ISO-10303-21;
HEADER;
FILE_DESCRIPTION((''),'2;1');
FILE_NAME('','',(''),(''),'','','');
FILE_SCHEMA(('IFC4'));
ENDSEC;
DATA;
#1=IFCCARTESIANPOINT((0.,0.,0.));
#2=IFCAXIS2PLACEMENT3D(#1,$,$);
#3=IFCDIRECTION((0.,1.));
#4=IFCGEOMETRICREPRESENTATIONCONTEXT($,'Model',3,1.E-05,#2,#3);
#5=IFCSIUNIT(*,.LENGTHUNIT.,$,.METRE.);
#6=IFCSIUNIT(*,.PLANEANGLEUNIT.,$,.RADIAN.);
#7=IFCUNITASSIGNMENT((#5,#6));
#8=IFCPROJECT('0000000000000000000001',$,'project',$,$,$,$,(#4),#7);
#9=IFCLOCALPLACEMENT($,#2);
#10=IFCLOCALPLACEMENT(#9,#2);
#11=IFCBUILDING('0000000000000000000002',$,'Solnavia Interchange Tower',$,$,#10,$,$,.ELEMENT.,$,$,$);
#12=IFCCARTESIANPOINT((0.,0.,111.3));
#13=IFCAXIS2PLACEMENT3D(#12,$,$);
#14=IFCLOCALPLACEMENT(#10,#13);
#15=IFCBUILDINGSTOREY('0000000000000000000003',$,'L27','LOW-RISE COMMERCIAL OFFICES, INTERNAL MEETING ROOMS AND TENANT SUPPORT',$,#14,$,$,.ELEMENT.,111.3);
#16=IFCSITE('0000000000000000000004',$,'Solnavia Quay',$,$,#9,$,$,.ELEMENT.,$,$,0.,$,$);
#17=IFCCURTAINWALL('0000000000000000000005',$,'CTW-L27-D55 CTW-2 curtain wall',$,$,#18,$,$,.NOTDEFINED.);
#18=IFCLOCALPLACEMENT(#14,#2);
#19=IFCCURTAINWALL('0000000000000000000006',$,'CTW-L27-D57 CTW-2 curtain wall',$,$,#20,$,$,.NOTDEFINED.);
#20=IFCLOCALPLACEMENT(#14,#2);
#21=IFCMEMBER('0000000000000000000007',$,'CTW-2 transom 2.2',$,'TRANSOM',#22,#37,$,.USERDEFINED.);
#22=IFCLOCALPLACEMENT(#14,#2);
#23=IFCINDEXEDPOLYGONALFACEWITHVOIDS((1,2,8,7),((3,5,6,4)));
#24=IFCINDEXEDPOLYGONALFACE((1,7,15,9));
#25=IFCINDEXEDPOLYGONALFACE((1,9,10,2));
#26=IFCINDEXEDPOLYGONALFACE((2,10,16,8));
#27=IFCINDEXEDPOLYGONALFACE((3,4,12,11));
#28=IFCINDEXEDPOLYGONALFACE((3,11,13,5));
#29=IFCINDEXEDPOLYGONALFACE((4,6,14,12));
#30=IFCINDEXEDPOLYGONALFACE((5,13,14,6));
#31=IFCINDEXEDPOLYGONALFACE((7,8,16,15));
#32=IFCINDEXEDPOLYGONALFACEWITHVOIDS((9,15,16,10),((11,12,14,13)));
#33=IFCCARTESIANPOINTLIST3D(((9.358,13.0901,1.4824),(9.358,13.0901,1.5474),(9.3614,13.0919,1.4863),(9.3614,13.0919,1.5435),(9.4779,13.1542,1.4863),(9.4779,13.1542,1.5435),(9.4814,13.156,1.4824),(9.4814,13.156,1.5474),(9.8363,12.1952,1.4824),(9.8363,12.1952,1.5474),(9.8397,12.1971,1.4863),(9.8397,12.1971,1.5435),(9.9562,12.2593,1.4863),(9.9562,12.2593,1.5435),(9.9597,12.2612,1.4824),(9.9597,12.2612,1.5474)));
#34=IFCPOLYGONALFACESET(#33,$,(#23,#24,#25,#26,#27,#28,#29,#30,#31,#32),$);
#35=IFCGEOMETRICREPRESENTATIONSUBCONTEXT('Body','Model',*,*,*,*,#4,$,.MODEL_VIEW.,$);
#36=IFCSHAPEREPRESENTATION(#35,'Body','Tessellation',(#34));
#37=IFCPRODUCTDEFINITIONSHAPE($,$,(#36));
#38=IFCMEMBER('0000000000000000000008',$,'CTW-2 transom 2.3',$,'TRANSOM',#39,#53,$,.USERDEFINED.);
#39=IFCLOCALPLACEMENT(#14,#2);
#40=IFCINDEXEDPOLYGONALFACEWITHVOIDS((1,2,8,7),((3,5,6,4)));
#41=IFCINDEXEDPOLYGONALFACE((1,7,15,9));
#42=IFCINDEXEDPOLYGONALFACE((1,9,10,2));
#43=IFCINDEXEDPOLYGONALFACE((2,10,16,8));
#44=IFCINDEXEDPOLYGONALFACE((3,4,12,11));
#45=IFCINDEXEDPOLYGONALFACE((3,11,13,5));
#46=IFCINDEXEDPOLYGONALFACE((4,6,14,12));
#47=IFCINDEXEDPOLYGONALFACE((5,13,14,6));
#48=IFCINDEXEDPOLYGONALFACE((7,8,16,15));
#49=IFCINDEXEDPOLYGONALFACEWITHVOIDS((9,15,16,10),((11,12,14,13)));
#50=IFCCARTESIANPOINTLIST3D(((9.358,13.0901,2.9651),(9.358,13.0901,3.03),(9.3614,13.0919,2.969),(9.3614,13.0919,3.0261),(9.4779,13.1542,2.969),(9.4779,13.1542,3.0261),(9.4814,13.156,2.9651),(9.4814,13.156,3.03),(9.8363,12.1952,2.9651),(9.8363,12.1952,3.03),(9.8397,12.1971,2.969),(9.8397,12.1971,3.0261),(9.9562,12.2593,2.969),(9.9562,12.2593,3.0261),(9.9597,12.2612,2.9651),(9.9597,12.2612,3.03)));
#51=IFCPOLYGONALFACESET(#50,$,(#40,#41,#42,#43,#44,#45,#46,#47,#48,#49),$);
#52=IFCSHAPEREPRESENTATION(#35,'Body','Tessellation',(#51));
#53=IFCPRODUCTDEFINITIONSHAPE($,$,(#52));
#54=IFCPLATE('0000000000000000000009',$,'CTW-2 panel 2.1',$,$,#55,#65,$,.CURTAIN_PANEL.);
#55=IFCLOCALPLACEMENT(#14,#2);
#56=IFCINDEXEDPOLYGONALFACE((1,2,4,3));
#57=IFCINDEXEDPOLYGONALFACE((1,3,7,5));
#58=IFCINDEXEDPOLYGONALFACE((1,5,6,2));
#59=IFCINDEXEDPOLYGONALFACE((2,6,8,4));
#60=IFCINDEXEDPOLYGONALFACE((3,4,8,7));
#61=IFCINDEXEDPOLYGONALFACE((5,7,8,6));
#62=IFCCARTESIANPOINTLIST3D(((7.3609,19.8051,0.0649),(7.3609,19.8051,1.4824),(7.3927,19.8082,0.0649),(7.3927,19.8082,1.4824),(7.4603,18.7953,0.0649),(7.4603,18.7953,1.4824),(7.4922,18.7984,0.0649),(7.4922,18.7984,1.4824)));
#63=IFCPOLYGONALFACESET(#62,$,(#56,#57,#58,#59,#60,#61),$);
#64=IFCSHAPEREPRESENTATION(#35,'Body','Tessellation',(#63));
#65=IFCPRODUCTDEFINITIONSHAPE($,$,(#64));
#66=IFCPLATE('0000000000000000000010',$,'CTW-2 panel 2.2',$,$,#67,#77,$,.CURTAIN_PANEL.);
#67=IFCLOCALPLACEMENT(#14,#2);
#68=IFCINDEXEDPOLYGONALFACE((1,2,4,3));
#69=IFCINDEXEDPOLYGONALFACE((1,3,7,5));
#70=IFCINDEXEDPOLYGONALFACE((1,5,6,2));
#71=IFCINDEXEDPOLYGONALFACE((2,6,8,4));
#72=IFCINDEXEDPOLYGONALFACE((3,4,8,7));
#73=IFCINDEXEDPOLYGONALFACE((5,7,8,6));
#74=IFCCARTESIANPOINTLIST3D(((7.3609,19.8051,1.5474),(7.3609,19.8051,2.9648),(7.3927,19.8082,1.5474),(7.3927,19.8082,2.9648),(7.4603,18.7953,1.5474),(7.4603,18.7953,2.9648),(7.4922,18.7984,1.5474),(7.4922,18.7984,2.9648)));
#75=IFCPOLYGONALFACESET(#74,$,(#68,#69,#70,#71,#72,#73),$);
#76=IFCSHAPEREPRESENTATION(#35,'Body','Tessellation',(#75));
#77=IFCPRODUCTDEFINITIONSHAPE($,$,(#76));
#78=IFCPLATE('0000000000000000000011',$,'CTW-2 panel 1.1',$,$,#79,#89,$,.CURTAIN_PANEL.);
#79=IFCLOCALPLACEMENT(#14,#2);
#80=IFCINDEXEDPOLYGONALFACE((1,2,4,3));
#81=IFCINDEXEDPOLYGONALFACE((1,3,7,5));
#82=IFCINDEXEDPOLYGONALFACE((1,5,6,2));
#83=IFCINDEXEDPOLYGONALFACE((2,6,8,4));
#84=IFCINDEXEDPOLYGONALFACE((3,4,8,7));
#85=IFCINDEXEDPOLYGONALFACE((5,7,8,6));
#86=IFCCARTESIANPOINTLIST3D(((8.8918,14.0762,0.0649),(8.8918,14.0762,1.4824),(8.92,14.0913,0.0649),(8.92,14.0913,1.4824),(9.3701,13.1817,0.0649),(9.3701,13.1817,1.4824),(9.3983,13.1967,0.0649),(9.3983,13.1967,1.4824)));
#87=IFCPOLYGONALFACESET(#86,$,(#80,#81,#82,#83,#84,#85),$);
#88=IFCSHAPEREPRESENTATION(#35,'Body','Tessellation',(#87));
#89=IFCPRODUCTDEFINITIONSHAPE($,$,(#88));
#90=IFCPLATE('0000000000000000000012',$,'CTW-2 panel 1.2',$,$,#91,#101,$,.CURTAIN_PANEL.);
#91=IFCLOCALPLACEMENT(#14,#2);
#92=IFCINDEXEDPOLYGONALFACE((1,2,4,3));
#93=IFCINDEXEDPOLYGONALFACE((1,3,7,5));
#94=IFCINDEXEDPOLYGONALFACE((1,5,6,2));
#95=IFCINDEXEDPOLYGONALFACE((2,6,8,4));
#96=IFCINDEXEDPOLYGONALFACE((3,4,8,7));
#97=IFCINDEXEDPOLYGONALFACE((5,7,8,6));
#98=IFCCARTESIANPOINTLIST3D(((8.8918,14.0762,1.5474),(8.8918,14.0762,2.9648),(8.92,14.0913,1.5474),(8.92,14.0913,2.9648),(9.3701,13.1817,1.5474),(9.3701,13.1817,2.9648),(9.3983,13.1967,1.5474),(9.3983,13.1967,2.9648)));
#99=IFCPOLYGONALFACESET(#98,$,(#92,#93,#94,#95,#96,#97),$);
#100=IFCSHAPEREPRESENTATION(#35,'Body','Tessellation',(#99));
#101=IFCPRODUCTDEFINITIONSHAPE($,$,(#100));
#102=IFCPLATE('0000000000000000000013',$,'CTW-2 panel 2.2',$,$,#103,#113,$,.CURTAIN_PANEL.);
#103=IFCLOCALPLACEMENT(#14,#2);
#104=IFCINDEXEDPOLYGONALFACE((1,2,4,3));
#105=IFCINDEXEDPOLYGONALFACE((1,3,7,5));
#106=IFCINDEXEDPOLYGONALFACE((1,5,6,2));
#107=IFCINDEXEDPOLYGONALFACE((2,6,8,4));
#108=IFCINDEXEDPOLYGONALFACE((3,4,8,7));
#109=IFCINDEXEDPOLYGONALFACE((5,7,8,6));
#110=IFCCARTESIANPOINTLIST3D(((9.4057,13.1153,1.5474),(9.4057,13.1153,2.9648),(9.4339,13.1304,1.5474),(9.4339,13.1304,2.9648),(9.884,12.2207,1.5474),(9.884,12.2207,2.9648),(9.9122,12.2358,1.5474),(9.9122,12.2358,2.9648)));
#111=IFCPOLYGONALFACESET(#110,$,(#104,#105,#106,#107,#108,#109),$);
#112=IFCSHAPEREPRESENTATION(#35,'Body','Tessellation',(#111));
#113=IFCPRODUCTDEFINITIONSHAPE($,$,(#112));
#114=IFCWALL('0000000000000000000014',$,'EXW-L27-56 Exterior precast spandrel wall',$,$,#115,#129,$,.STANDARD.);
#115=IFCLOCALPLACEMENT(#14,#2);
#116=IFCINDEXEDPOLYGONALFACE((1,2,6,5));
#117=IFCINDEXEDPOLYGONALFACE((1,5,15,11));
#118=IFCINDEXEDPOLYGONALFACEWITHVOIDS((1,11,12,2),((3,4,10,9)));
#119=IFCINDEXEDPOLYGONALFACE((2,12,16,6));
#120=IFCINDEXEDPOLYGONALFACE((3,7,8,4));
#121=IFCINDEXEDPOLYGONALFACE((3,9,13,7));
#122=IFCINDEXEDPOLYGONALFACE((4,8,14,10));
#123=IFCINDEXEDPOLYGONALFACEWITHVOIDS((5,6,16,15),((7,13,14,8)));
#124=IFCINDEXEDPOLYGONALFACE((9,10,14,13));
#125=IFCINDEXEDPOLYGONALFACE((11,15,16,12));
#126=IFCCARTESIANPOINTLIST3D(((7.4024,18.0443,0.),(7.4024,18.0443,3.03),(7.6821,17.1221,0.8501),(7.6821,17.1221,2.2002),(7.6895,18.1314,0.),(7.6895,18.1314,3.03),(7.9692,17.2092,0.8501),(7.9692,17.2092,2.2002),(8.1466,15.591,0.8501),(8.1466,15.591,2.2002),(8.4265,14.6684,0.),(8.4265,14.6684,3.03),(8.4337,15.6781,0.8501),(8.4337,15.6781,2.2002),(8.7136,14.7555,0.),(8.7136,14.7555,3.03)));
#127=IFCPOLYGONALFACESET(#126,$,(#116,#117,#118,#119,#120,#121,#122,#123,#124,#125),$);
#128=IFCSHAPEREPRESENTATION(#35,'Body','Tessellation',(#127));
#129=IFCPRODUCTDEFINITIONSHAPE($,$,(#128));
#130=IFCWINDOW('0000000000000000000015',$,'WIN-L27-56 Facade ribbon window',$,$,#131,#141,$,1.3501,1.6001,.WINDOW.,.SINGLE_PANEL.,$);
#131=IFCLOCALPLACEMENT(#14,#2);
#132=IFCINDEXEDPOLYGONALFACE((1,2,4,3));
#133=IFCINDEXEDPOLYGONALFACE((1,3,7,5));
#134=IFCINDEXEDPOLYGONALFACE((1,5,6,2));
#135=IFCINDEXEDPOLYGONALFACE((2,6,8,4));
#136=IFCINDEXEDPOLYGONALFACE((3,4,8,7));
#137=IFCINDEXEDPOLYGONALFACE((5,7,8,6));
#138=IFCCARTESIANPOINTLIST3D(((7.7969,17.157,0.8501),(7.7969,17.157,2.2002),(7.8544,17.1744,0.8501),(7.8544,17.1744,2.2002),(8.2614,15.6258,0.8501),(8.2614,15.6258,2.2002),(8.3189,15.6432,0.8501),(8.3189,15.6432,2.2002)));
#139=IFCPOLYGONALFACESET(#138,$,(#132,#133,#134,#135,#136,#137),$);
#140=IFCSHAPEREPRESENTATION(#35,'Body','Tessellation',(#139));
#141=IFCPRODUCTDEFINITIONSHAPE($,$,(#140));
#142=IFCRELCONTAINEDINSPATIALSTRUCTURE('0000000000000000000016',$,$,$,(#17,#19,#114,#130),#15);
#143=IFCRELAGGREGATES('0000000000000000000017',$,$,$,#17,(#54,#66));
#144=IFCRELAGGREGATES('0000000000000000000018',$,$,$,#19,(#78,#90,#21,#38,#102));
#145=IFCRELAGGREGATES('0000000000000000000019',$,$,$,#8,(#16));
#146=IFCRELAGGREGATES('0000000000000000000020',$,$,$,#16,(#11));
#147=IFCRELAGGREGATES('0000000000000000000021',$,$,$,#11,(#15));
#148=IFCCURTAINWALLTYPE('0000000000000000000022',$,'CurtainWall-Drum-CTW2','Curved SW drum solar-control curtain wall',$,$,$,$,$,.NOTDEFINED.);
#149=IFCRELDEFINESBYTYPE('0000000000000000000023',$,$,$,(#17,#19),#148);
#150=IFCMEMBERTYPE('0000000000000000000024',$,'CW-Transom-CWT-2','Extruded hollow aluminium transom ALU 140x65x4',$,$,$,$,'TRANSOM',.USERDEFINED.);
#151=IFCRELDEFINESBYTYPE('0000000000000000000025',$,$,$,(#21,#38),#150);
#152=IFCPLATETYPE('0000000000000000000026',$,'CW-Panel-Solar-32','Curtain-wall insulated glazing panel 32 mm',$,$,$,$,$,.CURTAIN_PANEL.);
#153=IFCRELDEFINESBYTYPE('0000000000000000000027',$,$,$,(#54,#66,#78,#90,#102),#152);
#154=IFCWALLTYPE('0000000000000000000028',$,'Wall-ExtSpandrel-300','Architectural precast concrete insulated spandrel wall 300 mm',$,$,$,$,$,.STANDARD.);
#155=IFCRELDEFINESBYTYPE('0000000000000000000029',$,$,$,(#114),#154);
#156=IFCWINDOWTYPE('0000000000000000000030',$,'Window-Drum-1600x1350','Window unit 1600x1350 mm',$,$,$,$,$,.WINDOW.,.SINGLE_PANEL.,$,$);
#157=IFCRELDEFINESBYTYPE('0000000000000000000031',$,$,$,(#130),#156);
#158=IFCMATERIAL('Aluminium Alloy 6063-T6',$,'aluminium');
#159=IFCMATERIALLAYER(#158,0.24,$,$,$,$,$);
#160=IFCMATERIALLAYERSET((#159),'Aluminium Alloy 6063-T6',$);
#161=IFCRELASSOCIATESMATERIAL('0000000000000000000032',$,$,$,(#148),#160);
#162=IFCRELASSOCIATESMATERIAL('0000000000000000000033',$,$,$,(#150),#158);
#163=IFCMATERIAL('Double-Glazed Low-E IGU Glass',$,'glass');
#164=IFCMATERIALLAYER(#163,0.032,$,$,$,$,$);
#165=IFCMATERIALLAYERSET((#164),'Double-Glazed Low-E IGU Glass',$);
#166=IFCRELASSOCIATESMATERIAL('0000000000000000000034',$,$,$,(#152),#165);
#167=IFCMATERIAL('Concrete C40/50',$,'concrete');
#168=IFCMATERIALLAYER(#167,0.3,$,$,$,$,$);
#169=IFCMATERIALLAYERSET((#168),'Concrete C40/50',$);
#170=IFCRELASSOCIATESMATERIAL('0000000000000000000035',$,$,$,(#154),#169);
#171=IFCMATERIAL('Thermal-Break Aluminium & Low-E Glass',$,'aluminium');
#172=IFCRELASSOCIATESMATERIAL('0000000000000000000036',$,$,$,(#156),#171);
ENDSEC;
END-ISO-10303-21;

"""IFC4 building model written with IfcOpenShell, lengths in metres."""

from ifc_helpers import new_model, si_unit, direction, frame, frame_2d, origin, origin_2d, place, context, subcontext, project, spatial, rectangle, hollow_rectangle, extrude, material, layer, layer_set, material_profile, profile_set, type_object, element, fill, aggregate, save


model = new_model("IFC4")

# Units and contexts
model_context = context("Model", 3, precision=1e-05, world=origin(), true_north=direction((0.0, 1.0)))
body_context = subcontext(model_context, "Body", "Model", "MODEL_VIEW")
ifc_project = project(units=[si_unit("LENGTHUNIT", "METRE"), si_unit("PLANEANGLEUNIT", "RADIAN")], contexts=[model_context])

# Site, building, storey
site_placement = place(None, origin())
site = spatial("IfcSite", under=ifc_project, at=site_placement, Name="Solnavia Quay", CompositionType="ELEMENT", RefElevation=0.0)
building_placement = place(site_placement, origin())
building = spatial("IfcBuilding", under=site, at=building_placement, Name="Solnavia Interchange Tower", CompositionType="ELEMENT")
storey_placement = place(building_placement, frame((0.0, 0.0, 111.3)))
storey = spatial("IfcBuildingStorey", under=building, at=storey_placement, Name="L27", Description="LOW-RISE COMMERCIAL OFFICES, INTERNAL MEETING ROOMS AND TENANT SUPPORT", CompositionType="ELEMENT", Elevation=111.3)

# Curtain wall
ifc_material_1 = material(Name="Aluminium Alloy 6063-T6", Category="aluminium")
ifc_layer_1 = layer(ifc_material_1, 0.24)
ifc_layer_set_1 = layer_set([ifc_layer_1], Name="Aluminium Alloy 6063-T6")
curtain_wall_type = type_object("IfcCurtainWallType", Name="CurtainWall-Drum-CTW2", Description="Curved SW drum solar-control curtain wall", PredefinedType="NOTDEFINED", material=ifc_layer_set_1)
curtain_wall_1_placement = place(storey_placement, origin())
curtain_wall_1 = element("IfcCurtainWall", 1, at=curtain_wall_1_placement, inside=storey, type_object=curtain_wall_type, Name="CTW-L27-D55 CTW-2 curtain wall", PredefinedType="NOTDEFINED")

# Curtain wall
curtain_wall_2_placement = place(storey_placement, origin())
curtain_wall_2 = element("IfcCurtainWall", 2, at=curtain_wall_2_placement, inside=storey, type_object=curtain_wall_type, Name="CTW-L27-D57 CTW-2 curtain wall", PredefinedType="NOTDEFINED")

# Members
ifc_material_profile_1 = material_profile(ifc_material_1, hollow_rectangle(XDim=0.0649, YDim=0.1399, WallThickness=0.0039, at=origin_2d()), Name="ALU 140x65x4")
ifc_profile_set_1 = profile_set([ifc_material_profile_1], Name="Aluminium Alloy 6063-T6")
member_type_1 = type_object("IfcMemberType", Name="CW-Transom-CWT-2", Description="Extruded hollow aluminium transom ALU 140x65x4", ElementType="TRANSOM", PredefinedType="USERDEFINED", material=ifc_profile_set_1)
member_1_placement = place(storey_placement, frame((9.4197, 13.123, 1.5149), z_axis=(0.4714, -0.88192, 0.0), x_axis=(0.0, 0.0, 1.0)))
member_1 = element("IfcMember", 3, at=member_1_placement, type_object=member_type_1, Name="CTW-2 transom 2.2", ObjectType="TRANSOM", PredefinedType="USERDEFINED", context=body_context, shape_type="SweptSolid", body=[
    extrude(hollow_rectangle(XDim=0.0649, YDim=0.1399, WallThickness=0.0039, at=origin_2d()), origin(), (0.0, 0.0, 1.0), 1.0146),
])
member_2_placement = place(storey_placement, frame((9.4197, 13.123, 2.9976), z_axis=(0.4714, -0.88192, 0.0), x_axis=(0.0, 0.0, 1.0)))
member_2 = element("IfcMember", 4, at=member_2_placement, type_object=member_type_1, Name="CTW-2 transom 2.3", ObjectType="TRANSOM", PredefinedType="USERDEFINED", context=body_context, shape_type="SweptSolid", body=[
    extrude(hollow_rectangle(XDim=0.0649, YDim=0.1399, WallThickness=0.0039, at=origin_2d()), origin(), (0.0, 0.0, 1.0), 1.0146),
])

# Plates
ifc_material_2 = material(Name="Double-Glazed Low-E IGU Glass", Category="glass")
ifc_layer_2 = layer(ifc_material_2, 0.032)
ifc_layer_set_2 = layer_set([ifc_layer_2], Name="Double-Glazed Low-E IGU Glass")
plate_type = type_object("IfcPlateType", Name="CW-Panel-Solar-32", Description="Curtain-wall insulated glazing panel 32 mm", PredefinedType="CURTAIN_PANEL", material=ifc_layer_set_2)
plate_1_placement = place(storey_placement, frame((7.4265, 19.3018, 0.0649), z_axis=(0.0, 0.0, 1.0), x_axis=(0.098045, -0.995182, 0.0)))
plate_1 = element("IfcPlate", 5, at=plate_1_placement, type_object=plate_type, Name="CTW-2 panel 2.1", PredefinedType="CURTAIN_PANEL", context=body_context, shape_type="SweptSolid", body=[
    extrude(rectangle(XDim=1.0146, YDim=0.032, at=origin_2d()), origin(), (0.0, 0.0, 1.0), 1.4175),
])
plate_2_placement = place(storey_placement, frame((7.4265, 19.3018, 1.5474), z_axis=(0.0, 0.0, 1.0), x_axis=(0.098045, -0.995182, 0.0)))
plate_2 = element("IfcPlate", 6, at=plate_2_placement, type_object=plate_type, Name="CTW-2 panel 2.2", PredefinedType="CURTAIN_PANEL", context=body_context, shape_type="SweptSolid", body=[
    extrude(rectangle(XDim=1.0146, YDim=0.032, at=origin_2d()), origin(), (0.0, 0.0, 1.0), 1.4175),
])
aggregate(curtain_wall_1, [plate_1, plate_2])
plate_3_placement = place(storey_placement, frame((9.145, 13.6365, 0.0649), z_axis=(0.0, 0.0, 1.0), x_axis=(0.471537, -0.881846, 0.0)))
plate_3 = element("IfcPlate", 7, at=plate_3_placement, type_object=plate_type, Name="CTW-2 panel 1.1", PredefinedType="CURTAIN_PANEL", context=body_context, shape_type="SweptSolid", body=[
    extrude(rectangle(XDim=1.0144, YDim=0.032, at=origin_2d()), origin(), (0.0, 0.0, 1.0), 1.4175),
])
plate_4_placement = place(storey_placement, frame((9.145, 13.6365, 1.5474), z_axis=(0.0, 0.0, 1.0), x_axis=(0.471537, -0.881846, 0.0)))
plate_4 = element("IfcPlate", 8, at=plate_4_placement, type_object=plate_type, Name="CTW-2 panel 1.2", PredefinedType="CURTAIN_PANEL", context=body_context, shape_type="SweptSolid", body=[
    extrude(rectangle(XDim=1.0144, YDim=0.032, at=origin_2d()), origin(), (0.0, 0.0, 1.0), 1.4175),
])
plate_5_placement = place(storey_placement, frame((9.6589, 12.6755, 1.5474), z_axis=(0.0, 0.0, 1.0), x_axis=(0.471537, -0.881846, 0.0)))
plate_5 = element("IfcPlate", 9, at=plate_5_placement, type_object=plate_type, Name="CTW-2 panel 2.2", PredefinedType="CURTAIN_PANEL", context=body_context, shape_type="SweptSolid", body=[
    extrude(rectangle(XDim=1.0144, YDim=0.032, at=origin_2d()), origin(), (0.0, 0.0, 1.0), 1.4175),
])
aggregate(curtain_wall_2, [plate_3, plate_4, member_1, member_2, plate_5])

# Wall, opening, window
ifc_material_3 = material(Name="Concrete C40/50", Category="concrete")
ifc_layer_3 = layer(ifc_material_3, 0.3)
ifc_layer_set_3 = layer_set([ifc_layer_3], Name="Concrete C40/50")
wall_type = type_object("IfcWallType", Name="Wall-ExtSpandrel-300", Description="Architectural precast concrete insulated spandrel wall 300 mm", PredefinedType="STANDARD", material=ifc_layer_set_3)
wall_placement = place(storey_placement, frame((8.5701, 14.7119, 0.0), z_axis=(0.0, 0.0, 1.0), x_axis=(-0.290305, 0.956934, 0.0)))
wall = element("IfcWall", 10, at=wall_placement, inside=storey, type_object=wall_type, Name="EXW-L27-56 Exterior precast spandrel wall", PredefinedType="STANDARD", context=body_context, shape_type="SweptSolid", body=[
    extrude(rectangle(XDim=3.5278, YDim=0.3, at=frame_2d((1.7639, 0.0))), origin(), (0.0, 0.0, 1.0), 3.03),
])
opening_placement = place(wall_placement, frame((0.9641, 0.0, 0.8501)))
opening = element("IfcOpeningElement", 11, at=opening_placement, cuts=wall, PredefinedType="OPENING", context=body_context, shape_type="SweptSolid", body=[
    extrude(rectangle(XDim=1.6001, YDim=1.3501, at=frame_2d((0.8, 0.675))), frame((0.0, 0.1602, 0.0), z_axis=(0.0, -1.0, 0.0), x_axis=(1.0, 0.0, 0.0)), (0.0, 0.0, 1.0), 0.3201),
])
ifc_material_4 = material(Name="Thermal-Break Aluminium & Low-E Glass", Category="aluminium")
window_type = type_object("IfcWindowType", Name="Window-Drum-1600x1350", Description="Window unit 1600x1350 mm", PartitioningType="SINGLE_PANEL", PredefinedType="WINDOW", material=ifc_material_4)
window_placement = place(opening_placement, origin())
window = element("IfcWindow", 12, at=window_placement, inside=storey, type_object=window_type, Name="WIN-L27-56 Facade ribbon window", OverallHeight=1.3501, OverallWidth=1.6001, PartitioningType="SINGLE_PANEL", PredefinedType="WINDOW", context=body_context, shape_type="SweptSolid", body=[
    extrude(rectangle(XDim=1.6001, YDim=1.3501, at=frame_2d((0.8, 0.675))), frame((0.0, 0.03, 0.0), z_axis=(0.0, -1.0, 0.0), x_axis=(1.0, 0.0, 0.0)), (0.0, 0.0, 1.0), 0.0601),
])
fill(opening, window)

save(model, "model.ifc")
